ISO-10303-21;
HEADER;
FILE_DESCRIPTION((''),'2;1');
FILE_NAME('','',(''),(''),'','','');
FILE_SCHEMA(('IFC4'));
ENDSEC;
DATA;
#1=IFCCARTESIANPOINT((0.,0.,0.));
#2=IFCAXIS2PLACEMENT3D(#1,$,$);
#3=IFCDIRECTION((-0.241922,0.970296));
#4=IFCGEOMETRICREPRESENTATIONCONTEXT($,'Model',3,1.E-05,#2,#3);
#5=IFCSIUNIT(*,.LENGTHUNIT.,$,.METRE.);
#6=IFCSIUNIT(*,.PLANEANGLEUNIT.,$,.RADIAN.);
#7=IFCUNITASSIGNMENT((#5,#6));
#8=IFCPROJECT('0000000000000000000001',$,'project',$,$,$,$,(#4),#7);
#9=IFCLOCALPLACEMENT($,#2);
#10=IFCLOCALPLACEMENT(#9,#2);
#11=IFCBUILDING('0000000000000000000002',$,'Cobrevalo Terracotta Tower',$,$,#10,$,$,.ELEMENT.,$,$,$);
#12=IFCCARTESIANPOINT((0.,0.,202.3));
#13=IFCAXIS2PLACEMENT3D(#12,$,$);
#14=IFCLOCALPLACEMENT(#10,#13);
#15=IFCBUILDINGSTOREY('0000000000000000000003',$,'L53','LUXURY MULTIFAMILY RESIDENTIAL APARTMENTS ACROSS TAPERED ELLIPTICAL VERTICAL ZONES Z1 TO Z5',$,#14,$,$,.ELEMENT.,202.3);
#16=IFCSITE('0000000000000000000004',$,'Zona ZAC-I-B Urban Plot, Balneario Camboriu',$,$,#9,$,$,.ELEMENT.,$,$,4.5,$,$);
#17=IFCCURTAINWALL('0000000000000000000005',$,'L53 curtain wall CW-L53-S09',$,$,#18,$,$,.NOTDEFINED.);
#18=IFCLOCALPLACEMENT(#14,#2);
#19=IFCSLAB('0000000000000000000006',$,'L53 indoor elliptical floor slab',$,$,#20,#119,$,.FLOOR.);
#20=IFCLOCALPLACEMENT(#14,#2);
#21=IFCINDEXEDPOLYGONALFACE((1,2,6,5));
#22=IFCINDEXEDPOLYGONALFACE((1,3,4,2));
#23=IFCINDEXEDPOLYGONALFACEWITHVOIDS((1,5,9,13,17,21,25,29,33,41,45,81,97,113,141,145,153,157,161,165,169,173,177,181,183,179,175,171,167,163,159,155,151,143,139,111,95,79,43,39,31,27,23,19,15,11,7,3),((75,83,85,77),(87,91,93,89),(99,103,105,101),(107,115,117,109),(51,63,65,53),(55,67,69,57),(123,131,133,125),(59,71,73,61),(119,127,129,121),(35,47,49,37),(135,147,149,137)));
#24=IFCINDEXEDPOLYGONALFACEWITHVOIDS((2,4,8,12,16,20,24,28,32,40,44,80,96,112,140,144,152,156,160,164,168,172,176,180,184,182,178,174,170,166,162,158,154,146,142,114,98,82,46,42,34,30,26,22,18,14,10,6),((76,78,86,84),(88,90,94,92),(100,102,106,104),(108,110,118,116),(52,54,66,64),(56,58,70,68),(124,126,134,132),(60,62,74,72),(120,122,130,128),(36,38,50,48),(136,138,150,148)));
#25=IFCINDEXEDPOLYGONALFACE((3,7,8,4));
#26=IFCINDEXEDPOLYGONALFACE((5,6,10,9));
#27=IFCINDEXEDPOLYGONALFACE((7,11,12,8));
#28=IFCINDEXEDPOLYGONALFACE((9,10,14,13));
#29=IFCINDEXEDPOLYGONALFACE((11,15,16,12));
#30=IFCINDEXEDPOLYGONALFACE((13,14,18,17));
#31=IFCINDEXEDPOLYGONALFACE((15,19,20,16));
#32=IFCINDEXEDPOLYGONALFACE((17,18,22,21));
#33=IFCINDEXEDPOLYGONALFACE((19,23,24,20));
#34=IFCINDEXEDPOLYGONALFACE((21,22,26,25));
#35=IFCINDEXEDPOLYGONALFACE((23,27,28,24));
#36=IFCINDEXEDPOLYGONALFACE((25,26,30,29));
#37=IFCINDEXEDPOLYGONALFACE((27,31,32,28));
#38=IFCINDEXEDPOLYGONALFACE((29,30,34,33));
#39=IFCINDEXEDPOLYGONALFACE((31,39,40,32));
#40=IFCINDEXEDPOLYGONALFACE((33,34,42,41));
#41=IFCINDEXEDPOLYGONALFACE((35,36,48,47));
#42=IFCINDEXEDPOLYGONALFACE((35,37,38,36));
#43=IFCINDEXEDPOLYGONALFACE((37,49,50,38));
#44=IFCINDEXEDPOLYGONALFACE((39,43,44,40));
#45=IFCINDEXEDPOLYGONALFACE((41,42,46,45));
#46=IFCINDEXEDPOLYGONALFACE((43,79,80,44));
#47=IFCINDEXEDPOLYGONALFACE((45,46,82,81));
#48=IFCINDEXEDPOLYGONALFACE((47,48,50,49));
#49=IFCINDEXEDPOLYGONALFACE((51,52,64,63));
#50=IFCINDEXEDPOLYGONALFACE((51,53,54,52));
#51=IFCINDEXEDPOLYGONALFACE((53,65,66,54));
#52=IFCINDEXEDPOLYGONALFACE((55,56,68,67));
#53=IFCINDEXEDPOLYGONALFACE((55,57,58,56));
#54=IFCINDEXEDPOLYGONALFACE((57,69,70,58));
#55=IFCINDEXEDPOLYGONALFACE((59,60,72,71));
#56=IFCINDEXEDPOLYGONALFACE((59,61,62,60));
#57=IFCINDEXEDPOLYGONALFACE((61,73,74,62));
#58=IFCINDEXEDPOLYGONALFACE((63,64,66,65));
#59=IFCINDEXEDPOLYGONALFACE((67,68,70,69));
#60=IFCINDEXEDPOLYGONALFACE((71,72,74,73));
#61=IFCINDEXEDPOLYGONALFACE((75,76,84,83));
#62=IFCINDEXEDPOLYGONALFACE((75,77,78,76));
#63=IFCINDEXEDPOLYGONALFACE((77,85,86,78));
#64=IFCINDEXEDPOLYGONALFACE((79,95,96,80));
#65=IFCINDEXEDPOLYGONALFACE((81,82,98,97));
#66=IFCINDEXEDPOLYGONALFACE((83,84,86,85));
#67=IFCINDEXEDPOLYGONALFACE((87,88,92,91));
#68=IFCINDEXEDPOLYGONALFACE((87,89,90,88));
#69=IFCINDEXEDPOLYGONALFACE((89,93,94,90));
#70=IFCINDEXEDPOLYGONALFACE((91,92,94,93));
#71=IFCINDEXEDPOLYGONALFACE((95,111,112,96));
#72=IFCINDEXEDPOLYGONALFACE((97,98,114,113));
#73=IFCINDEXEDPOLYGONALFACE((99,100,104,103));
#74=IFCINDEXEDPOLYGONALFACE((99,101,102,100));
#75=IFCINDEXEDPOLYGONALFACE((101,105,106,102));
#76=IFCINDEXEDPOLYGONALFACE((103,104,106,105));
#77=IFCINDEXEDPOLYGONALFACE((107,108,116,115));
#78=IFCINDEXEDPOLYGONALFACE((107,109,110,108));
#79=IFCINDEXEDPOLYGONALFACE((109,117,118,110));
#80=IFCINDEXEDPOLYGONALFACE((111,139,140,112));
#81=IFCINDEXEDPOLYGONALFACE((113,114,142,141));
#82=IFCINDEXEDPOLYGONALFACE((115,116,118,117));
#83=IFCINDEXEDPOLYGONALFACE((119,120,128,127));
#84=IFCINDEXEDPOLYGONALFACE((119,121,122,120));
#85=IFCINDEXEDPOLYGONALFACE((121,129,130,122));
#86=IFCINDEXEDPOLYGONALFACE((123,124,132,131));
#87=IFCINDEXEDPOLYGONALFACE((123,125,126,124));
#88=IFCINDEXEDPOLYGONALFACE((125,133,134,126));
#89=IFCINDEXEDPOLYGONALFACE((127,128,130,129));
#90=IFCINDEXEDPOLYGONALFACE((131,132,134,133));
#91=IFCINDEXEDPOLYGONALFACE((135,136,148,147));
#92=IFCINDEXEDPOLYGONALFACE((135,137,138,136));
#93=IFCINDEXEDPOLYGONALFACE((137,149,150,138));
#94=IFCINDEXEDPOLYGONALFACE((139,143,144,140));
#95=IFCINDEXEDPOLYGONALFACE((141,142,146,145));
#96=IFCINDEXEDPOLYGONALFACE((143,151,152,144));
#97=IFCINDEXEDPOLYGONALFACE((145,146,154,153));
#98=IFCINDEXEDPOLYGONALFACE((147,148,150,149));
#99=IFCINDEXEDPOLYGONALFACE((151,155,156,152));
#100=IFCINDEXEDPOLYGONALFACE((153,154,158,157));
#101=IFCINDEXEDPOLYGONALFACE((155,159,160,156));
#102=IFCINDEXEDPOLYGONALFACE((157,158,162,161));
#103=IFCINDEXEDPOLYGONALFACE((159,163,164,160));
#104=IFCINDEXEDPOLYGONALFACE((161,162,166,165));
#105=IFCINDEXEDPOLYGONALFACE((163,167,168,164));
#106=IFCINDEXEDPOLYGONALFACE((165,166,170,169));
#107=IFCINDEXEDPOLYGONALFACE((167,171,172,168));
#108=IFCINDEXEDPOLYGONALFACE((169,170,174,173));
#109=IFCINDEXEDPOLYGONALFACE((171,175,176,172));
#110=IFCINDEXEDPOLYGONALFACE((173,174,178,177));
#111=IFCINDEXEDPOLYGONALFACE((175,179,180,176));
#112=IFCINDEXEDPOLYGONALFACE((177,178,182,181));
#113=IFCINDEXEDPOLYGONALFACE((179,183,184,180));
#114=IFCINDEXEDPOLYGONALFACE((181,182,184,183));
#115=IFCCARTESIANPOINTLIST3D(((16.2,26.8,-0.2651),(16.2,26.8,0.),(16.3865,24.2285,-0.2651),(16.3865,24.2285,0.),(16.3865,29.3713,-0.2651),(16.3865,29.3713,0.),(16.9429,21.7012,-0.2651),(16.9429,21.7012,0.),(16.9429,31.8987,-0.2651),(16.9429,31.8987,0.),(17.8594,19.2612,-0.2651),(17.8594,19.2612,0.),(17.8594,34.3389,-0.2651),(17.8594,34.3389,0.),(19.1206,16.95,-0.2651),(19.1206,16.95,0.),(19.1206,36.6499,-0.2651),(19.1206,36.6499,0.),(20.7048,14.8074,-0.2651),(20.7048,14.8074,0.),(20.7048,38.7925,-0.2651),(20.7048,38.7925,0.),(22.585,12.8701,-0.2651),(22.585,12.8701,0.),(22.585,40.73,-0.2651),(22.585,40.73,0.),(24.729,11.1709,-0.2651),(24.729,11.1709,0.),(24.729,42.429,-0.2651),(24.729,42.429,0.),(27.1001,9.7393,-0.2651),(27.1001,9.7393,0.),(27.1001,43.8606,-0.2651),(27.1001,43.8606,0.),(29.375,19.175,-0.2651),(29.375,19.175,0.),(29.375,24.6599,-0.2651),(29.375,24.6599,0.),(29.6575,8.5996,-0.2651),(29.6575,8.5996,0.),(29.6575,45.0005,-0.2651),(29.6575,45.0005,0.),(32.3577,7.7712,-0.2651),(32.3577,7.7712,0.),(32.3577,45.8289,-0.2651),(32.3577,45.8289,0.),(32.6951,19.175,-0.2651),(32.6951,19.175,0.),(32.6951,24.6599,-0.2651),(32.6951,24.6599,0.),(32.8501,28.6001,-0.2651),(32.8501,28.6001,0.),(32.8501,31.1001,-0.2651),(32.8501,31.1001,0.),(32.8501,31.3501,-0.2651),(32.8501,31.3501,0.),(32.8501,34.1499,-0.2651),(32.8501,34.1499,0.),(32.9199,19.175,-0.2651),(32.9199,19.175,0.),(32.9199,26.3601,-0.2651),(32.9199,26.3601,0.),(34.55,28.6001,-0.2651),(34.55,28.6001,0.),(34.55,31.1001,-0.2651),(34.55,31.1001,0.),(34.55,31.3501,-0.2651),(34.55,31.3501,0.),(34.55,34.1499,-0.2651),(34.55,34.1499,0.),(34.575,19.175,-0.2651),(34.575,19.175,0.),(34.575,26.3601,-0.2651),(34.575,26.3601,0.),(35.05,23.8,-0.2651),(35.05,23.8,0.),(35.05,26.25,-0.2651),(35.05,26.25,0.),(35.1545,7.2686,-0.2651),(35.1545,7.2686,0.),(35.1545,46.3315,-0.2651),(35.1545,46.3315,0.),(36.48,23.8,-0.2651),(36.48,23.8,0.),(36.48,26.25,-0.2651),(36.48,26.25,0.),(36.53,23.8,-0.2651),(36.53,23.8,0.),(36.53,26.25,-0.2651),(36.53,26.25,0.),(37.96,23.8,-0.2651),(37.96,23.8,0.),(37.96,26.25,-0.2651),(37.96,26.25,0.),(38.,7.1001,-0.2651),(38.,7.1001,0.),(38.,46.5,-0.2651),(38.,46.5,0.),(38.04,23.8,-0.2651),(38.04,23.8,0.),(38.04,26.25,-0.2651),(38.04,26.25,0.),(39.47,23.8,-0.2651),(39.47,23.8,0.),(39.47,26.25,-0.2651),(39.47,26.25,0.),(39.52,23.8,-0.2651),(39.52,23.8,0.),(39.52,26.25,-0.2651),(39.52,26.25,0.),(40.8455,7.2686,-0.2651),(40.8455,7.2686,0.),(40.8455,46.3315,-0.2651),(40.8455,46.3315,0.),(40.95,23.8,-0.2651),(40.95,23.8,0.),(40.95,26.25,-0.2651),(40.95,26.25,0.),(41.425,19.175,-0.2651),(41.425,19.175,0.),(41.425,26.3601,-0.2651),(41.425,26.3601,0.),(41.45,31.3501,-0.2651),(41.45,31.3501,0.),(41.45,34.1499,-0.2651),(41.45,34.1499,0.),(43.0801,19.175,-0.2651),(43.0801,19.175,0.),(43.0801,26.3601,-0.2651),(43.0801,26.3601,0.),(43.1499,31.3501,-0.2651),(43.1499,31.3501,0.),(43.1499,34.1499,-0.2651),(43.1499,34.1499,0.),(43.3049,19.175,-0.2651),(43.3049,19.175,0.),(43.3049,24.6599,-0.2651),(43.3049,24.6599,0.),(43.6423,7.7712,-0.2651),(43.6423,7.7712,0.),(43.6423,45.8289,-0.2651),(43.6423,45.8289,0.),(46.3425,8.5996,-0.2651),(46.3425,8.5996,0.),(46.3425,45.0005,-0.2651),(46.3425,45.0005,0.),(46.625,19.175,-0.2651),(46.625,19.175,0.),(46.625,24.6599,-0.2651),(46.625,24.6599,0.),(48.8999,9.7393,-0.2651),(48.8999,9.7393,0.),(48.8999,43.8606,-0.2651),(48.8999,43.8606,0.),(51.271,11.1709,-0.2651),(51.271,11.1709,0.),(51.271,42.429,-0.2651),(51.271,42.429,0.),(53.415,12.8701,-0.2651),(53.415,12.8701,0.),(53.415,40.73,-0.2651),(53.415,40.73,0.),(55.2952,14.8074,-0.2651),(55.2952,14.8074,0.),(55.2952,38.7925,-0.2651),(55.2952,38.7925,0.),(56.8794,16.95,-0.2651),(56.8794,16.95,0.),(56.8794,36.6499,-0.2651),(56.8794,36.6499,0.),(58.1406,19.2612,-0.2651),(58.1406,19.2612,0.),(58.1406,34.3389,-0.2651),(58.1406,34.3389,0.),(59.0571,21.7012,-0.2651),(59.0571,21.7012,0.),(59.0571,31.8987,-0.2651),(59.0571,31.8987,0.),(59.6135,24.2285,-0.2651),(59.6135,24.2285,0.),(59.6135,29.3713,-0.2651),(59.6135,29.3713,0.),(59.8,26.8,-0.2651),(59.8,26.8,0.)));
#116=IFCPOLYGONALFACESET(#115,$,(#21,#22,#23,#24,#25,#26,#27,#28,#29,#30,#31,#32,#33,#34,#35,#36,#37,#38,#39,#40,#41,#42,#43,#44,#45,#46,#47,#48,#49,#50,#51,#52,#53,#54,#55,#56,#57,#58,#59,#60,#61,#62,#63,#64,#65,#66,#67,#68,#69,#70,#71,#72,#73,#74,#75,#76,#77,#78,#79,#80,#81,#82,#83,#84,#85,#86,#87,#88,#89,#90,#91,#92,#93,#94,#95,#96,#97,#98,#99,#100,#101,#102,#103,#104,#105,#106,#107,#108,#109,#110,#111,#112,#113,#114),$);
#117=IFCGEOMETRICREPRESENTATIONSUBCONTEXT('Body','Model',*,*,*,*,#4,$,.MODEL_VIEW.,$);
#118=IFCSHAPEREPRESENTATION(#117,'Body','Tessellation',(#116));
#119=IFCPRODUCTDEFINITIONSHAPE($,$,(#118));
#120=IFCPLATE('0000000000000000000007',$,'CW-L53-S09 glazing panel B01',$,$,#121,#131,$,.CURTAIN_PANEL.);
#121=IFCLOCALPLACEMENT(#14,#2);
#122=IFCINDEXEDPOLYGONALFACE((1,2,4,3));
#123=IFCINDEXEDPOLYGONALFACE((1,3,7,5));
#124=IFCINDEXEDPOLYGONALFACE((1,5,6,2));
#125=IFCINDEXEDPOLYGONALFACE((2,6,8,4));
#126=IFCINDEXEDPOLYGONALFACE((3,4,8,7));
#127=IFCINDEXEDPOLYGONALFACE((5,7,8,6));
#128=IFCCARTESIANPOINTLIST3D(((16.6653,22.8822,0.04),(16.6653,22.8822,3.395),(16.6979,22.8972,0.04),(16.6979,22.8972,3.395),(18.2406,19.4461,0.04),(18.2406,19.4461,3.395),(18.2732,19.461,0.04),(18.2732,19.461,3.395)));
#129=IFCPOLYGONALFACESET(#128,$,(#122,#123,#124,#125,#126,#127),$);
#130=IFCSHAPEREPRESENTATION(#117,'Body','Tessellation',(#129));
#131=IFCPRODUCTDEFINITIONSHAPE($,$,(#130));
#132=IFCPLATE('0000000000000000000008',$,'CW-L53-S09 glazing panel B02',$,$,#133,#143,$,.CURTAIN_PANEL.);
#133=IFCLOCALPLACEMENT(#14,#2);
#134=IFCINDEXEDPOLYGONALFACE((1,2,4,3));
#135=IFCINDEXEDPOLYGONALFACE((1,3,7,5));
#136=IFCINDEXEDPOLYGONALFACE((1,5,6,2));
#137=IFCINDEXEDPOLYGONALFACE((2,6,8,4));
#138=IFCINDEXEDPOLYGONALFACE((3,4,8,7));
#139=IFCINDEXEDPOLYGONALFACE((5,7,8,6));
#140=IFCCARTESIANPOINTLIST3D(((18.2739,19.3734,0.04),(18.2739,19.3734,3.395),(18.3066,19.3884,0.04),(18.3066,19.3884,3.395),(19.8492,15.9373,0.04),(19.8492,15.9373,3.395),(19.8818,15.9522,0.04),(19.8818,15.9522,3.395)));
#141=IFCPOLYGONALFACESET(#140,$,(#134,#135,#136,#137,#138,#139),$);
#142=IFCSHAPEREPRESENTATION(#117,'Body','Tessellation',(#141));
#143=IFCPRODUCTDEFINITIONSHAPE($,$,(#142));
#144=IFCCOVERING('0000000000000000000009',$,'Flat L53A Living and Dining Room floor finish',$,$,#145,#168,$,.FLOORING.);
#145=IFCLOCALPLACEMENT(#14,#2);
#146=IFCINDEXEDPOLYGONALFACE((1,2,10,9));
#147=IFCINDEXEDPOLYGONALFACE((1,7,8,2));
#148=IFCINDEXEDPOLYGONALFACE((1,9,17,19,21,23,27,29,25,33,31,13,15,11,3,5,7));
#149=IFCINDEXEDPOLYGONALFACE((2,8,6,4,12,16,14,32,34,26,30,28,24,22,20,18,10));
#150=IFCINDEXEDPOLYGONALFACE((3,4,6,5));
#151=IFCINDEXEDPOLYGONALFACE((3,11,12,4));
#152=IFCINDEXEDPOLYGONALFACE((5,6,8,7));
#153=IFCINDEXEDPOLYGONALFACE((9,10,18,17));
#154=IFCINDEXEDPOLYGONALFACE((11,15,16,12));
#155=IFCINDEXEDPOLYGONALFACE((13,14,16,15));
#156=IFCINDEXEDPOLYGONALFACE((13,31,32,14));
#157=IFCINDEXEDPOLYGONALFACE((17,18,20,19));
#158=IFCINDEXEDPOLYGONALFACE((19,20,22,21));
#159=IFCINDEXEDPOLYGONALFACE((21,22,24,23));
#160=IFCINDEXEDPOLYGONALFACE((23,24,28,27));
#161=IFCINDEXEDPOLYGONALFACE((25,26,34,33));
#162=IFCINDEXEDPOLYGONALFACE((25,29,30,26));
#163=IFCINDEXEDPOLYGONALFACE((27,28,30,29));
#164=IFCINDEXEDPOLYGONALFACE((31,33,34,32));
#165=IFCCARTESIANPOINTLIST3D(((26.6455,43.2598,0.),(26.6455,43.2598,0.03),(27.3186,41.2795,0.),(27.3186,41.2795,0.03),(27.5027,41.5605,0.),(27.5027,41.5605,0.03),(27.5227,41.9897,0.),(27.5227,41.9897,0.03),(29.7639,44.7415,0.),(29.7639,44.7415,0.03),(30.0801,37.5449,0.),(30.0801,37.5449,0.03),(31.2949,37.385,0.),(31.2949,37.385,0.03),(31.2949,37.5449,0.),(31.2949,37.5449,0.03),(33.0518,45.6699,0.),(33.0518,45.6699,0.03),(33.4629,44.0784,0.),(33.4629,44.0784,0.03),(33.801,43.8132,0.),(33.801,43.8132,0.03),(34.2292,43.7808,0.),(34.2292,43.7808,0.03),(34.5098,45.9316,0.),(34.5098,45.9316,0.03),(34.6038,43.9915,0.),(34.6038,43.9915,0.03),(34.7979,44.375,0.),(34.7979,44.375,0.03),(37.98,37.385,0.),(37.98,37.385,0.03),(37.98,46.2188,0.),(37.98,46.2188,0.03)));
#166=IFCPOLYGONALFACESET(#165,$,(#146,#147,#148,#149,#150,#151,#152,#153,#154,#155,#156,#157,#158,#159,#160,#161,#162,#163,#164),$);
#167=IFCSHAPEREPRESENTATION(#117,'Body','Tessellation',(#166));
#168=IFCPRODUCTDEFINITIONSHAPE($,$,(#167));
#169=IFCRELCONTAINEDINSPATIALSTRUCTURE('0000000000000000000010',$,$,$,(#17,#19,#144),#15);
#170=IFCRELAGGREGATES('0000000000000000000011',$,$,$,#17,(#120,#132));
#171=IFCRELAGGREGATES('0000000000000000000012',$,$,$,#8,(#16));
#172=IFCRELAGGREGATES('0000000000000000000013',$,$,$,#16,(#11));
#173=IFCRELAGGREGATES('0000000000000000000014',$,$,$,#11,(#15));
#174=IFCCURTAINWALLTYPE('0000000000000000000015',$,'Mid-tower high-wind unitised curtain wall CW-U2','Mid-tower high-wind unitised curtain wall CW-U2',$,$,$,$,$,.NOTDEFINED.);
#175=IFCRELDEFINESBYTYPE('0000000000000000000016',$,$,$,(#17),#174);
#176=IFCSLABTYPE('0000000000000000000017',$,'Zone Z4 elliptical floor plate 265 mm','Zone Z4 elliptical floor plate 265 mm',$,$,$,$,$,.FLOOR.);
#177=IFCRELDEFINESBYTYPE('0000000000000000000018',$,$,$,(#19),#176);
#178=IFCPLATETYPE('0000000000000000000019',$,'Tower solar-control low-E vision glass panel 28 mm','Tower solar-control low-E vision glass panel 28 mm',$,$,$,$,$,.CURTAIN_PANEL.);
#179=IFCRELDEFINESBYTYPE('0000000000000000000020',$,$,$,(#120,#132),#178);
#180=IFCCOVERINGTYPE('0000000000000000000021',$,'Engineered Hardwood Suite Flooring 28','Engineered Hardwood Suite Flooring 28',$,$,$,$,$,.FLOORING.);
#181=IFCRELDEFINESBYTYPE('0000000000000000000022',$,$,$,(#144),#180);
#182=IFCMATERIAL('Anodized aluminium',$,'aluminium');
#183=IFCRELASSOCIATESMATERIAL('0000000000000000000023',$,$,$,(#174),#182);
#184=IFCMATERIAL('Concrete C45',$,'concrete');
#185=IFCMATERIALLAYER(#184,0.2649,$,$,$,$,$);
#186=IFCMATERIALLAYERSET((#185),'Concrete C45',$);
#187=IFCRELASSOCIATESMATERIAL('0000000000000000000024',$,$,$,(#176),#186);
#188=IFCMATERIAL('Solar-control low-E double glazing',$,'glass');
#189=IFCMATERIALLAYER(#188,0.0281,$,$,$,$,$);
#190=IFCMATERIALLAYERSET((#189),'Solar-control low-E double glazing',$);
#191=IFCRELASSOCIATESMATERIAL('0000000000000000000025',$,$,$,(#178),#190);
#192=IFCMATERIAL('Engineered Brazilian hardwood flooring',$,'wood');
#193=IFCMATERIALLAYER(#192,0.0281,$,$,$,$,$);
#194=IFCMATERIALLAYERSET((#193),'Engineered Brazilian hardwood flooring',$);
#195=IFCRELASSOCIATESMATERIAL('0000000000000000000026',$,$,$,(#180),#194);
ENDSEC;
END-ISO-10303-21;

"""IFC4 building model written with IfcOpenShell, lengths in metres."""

from ifc_helpers import new_model, si_unit, direction, frame, origin, origin_2d, place, context, subcontext, project, spatial, polyline, rectangle, outline, extrude, source, transform, mapped, material, layer, layer_set, type_object, element, aggregate, save


model = new_model("IFC4")

# Units and contexts
model_context = context("Model", 3, precision=1e-05, world=origin(), true_north=direction((-0.241922, 0.970296)))
body_context = subcontext(model_context, "Body", "Model", "MODEL_VIEW")
ifc_project = project(units=[si_unit("LENGTHUNIT", "METRE"), si_unit("PLANEANGLEUNIT", "RADIAN")], contexts=[model_context])

# Site, building, storey
site_placement = place(None, origin())
site = spatial("IfcSite", under=ifc_project, at=site_placement, Name="Zona ZAC-I-B Urban Plot, Balneario Camboriu", CompositionType="ELEMENT", RefElevation=4.5)
building_placement = place(site_placement, origin())
building = spatial("IfcBuilding", under=site, at=building_placement, Name="Cobrevalo Terracotta Tower", CompositionType="ELEMENT")
storey_placement = place(building_placement, frame((0.0, 0.0, 202.3)))
storey = spatial("IfcBuildingStorey", under=building, at=storey_placement, Name="L53", Description="LUXURY MULTIFAMILY RESIDENTIAL APARTMENTS ACROSS TAPERED ELLIPTICAL VERTICAL ZONES Z1 TO Z5", CompositionType="ELEMENT", Elevation=202.3)

# Curtain wall
ifc_material_1 = material(Name="Anodized aluminium", Category="aluminium")
curtain_wall_type = type_object("IfcCurtainWallType", Name="Mid-tower high-wind unitised curtain wall CW-U2", Description="Mid-tower high-wind unitised curtain wall CW-U2", PredefinedType="NOTDEFINED", material=ifc_material_1)
curtain_wall_1_placement = place(storey_placement, origin())
curtain_wall_1 = element("IfcCurtainWall", 1, at=curtain_wall_1_placement, inside=storey, type_object=curtain_wall_type, Name="L53 curtain wall CW-L53-S09", PredefinedType="NOTDEFINED")

# Slab
ifc_material_2 = material(Name="Concrete C45", Category="concrete")
ifc_layer_1 = layer(ifc_material_2, 0.2649)
ifc_layer_set_1 = layer_set([ifc_layer_1], Name="Concrete C45")
slab_type_1 = type_object("IfcSlabType", Name="Zone Z4 elliptical floor plate 265 mm", Description="Zone Z4 elliptical floor plate 265 mm", PredefinedType="FLOOR", material=ifc_layer_set_1)
slab_1_placement = place(storey_placement, frame((0.0, 0.0, -0.2651)))
element("IfcSlab", 2, at=slab_1_placement, inside=storey, type_object=slab_type_1, Name="L53 indoor elliptical floor slab", PredefinedType="FLOOR", context=body_context, shape_type="SweptSolid", body=[
    extrude(outline(polyline([(59.6135, 24.2285), (59.0571, 21.7012), (58.1406, 19.2612), (56.8794, 16.95), (55.2952, 14.8074), (53.415, 12.8701), (51.271, 11.1709), (48.8999, 9.7393), (46.3425, 8.5996), (43.6423, 7.7712), (40.8455, 7.2686), (38.0, 7.1001), (35.1545, 7.2686), (32.3577, 7.7712), (29.6575, 8.5996), (27.1001, 9.7393), (24.729, 11.1709), (22.585, 12.8701), (20.7048, 14.8074), (19.1206, 16.95), (17.8594, 19.2612), (16.9429, 21.7012), (16.3865, 24.2285), (16.2, 26.8), (16.3865, 29.3713), (16.9429, 31.8987), (17.8594, 34.3389), (19.1206, 36.6499), (20.7048, 38.7925), (22.585, 40.73), (24.729, 42.429), (27.1001, 43.8606), (29.6575, 45.0005), (32.3577, 45.8289), (35.1545, 46.3315), (38.0, 46.5), (40.8455, 46.3315), (43.6423, 45.8289), (46.3425, 45.0005), (48.8999, 43.8606), (51.271, 42.429), (53.415, 40.73), (55.2952, 38.7925), (56.8794, 36.6499), (58.1406, 34.3389), (59.0571, 31.8987), (59.6135, 29.3713), (59.8, 26.8), (59.6135, 24.2285)]), holes=[polyline([(32.6951, 19.175), (32.6951, 24.6599), (29.375, 24.6599), (29.375, 19.175), (32.6951, 19.175)]), polyline([(34.575, 26.3601), (32.9199, 26.3601), (32.9199, 19.175), (34.575, 19.175), (34.575, 26.3601)]), polyline([(36.48, 26.25), (35.05, 26.25), (35.05, 23.8), (36.48, 23.8), (36.48, 26.25)]), polyline([(37.96, 23.8), (37.96, 26.25), (36.53, 26.25), (36.53, 23.8), (37.96, 23.8)]), polyline([(34.55, 28.6001), (34.55, 31.1001), (32.8501, 31.1001), (32.8501, 28.6001), (34.55, 28.6001)]), polyline([(34.55, 34.1499), (32.8501, 34.1499), (32.8501, 31.3501), (34.55, 31.3501), (34.55, 34.1499)]), polyline([(43.3049, 19.175), (46.625, 19.175), (46.625, 24.6599), (43.3049, 24.6599), (43.3049, 19.175)]), polyline([(43.0801, 19.175), (43.0801, 26.3601), (41.425, 26.3601), (41.425, 19.175), (43.0801, 19.175)]), polyline([(39.47, 26.25), (38.04, 26.25), (38.04, 23.8), (39.47, 23.8), (39.47, 26.25)]), polyline([(40.95, 23.8), (40.95, 26.25), (39.52, 26.25), (39.52, 23.8), (40.95, 23.8)]), polyline([(43.1499, 31.3501), (43.1499, 34.1499), (41.45, 34.1499), (41.45, 31.3501), (43.1499, 31.3501)])]), origin(), (0.0, 0.0, 1.0), 0.2651),
])

# Plates
ifc_material_3 = material(Name="Solar-control low-E double glazing", Category="glass")
ifc_layer_2 = layer(ifc_material_3, 0.0281)
ifc_layer_set_2 = layer_set([ifc_layer_2], Name="Solar-control low-E double glazing")
plate_type = type_object("IfcPlateType", Name="Tower solar-control low-E vision glass panel 28 mm", Description="Tower solar-control low-E vision glass panel 28 mm", PredefinedType="CURTAIN_PANEL", material=ifc_layer_set_2)
shared_shape_1 = source(origin(), body_context, "Body", "SweptSolid", [
    extrude(rectangle(XDim=3.78, YDim=0.0359, at=origin_2d()), origin(), (0.0, 0.0, 1.0), 3.355),
])
plate_1_placement = place(storey_placement, frame((17.4692, 21.1716, 0.04), z_axis=(0.0, 0.0, 1.0), x_axis=(0.416731, -0.90903, 0.0)))
plate_1 = element("IfcPlate", 3, at=plate_1_placement, type_object=plate_type, Name="CW-L53-S09 glazing panel B01", PredefinedType="CURTAIN_PANEL", context=body_context, shape_type="MappedRepresentation", body=[
    mapped(shared_shape_1, transform((0.0, 0.0, 0.0), scale=1.0)),
])
plate_2_placement = place(storey_placement, frame((19.0779, 17.6628, 0.04), z_axis=(0.0, 0.0, 1.0), x_axis=(0.416731, -0.90903, 0.0)))
plate_2 = element("IfcPlate", 4, at=plate_2_placement, type_object=plate_type, Name="CW-L53-S09 glazing panel B02", PredefinedType="CURTAIN_PANEL", context=body_context, shape_type="MappedRepresentation", body=[
    mapped(shared_shape_1, transform((0.0, 0.0, 0.0), scale=1.0)),
])
aggregate(curtain_wall_1, [plate_1, plate_2])

# Covering
ifc_material_4 = material(Name="Engineered Brazilian hardwood flooring", Category="wood")
ifc_layer_3 = layer(ifc_material_4, 0.0281)
ifc_layer_set_3 = layer_set([ifc_layer_3], Name="Engineered Brazilian hardwood flooring")
covering_type_1 = type_object("IfcCoveringType", Name="Engineered Hardwood Suite Flooring 28", Description="Engineered Hardwood Suite Flooring 28", PredefinedType="FLOORING", material=ifc_layer_set_3)
covering_1_placement = place(storey_placement, origin())
element("IfcCovering", 5, at=covering_1_placement, inside=storey, type_object=covering_type_1, Name="Flat L53A Living and Dining Room floor finish", PredefinedType="FLOORING", context=body_context, shape_type="SweptSolid", body=[
    extrude(outline(polyline([(29.7639, 44.7415), (33.0518, 45.6699), (33.4629, 44.0784), (33.801, 43.8132), (34.2292, 43.7808), (34.6038, 43.9915), (34.7979, 44.375), (34.5098, 45.9316), (37.98, 46.2188), (37.98, 37.385), (31.2949, 37.385), (31.2949, 37.5449), (30.0801, 37.5449), (27.3186, 41.2795), (27.5027, 41.5605), (27.5227, 41.9897), (26.6455, 43.2598), (29.7639, 44.7415)])), origin(), (0.0, 0.0, 1.0), 0.03),
])

save(model, "model.ifc")
